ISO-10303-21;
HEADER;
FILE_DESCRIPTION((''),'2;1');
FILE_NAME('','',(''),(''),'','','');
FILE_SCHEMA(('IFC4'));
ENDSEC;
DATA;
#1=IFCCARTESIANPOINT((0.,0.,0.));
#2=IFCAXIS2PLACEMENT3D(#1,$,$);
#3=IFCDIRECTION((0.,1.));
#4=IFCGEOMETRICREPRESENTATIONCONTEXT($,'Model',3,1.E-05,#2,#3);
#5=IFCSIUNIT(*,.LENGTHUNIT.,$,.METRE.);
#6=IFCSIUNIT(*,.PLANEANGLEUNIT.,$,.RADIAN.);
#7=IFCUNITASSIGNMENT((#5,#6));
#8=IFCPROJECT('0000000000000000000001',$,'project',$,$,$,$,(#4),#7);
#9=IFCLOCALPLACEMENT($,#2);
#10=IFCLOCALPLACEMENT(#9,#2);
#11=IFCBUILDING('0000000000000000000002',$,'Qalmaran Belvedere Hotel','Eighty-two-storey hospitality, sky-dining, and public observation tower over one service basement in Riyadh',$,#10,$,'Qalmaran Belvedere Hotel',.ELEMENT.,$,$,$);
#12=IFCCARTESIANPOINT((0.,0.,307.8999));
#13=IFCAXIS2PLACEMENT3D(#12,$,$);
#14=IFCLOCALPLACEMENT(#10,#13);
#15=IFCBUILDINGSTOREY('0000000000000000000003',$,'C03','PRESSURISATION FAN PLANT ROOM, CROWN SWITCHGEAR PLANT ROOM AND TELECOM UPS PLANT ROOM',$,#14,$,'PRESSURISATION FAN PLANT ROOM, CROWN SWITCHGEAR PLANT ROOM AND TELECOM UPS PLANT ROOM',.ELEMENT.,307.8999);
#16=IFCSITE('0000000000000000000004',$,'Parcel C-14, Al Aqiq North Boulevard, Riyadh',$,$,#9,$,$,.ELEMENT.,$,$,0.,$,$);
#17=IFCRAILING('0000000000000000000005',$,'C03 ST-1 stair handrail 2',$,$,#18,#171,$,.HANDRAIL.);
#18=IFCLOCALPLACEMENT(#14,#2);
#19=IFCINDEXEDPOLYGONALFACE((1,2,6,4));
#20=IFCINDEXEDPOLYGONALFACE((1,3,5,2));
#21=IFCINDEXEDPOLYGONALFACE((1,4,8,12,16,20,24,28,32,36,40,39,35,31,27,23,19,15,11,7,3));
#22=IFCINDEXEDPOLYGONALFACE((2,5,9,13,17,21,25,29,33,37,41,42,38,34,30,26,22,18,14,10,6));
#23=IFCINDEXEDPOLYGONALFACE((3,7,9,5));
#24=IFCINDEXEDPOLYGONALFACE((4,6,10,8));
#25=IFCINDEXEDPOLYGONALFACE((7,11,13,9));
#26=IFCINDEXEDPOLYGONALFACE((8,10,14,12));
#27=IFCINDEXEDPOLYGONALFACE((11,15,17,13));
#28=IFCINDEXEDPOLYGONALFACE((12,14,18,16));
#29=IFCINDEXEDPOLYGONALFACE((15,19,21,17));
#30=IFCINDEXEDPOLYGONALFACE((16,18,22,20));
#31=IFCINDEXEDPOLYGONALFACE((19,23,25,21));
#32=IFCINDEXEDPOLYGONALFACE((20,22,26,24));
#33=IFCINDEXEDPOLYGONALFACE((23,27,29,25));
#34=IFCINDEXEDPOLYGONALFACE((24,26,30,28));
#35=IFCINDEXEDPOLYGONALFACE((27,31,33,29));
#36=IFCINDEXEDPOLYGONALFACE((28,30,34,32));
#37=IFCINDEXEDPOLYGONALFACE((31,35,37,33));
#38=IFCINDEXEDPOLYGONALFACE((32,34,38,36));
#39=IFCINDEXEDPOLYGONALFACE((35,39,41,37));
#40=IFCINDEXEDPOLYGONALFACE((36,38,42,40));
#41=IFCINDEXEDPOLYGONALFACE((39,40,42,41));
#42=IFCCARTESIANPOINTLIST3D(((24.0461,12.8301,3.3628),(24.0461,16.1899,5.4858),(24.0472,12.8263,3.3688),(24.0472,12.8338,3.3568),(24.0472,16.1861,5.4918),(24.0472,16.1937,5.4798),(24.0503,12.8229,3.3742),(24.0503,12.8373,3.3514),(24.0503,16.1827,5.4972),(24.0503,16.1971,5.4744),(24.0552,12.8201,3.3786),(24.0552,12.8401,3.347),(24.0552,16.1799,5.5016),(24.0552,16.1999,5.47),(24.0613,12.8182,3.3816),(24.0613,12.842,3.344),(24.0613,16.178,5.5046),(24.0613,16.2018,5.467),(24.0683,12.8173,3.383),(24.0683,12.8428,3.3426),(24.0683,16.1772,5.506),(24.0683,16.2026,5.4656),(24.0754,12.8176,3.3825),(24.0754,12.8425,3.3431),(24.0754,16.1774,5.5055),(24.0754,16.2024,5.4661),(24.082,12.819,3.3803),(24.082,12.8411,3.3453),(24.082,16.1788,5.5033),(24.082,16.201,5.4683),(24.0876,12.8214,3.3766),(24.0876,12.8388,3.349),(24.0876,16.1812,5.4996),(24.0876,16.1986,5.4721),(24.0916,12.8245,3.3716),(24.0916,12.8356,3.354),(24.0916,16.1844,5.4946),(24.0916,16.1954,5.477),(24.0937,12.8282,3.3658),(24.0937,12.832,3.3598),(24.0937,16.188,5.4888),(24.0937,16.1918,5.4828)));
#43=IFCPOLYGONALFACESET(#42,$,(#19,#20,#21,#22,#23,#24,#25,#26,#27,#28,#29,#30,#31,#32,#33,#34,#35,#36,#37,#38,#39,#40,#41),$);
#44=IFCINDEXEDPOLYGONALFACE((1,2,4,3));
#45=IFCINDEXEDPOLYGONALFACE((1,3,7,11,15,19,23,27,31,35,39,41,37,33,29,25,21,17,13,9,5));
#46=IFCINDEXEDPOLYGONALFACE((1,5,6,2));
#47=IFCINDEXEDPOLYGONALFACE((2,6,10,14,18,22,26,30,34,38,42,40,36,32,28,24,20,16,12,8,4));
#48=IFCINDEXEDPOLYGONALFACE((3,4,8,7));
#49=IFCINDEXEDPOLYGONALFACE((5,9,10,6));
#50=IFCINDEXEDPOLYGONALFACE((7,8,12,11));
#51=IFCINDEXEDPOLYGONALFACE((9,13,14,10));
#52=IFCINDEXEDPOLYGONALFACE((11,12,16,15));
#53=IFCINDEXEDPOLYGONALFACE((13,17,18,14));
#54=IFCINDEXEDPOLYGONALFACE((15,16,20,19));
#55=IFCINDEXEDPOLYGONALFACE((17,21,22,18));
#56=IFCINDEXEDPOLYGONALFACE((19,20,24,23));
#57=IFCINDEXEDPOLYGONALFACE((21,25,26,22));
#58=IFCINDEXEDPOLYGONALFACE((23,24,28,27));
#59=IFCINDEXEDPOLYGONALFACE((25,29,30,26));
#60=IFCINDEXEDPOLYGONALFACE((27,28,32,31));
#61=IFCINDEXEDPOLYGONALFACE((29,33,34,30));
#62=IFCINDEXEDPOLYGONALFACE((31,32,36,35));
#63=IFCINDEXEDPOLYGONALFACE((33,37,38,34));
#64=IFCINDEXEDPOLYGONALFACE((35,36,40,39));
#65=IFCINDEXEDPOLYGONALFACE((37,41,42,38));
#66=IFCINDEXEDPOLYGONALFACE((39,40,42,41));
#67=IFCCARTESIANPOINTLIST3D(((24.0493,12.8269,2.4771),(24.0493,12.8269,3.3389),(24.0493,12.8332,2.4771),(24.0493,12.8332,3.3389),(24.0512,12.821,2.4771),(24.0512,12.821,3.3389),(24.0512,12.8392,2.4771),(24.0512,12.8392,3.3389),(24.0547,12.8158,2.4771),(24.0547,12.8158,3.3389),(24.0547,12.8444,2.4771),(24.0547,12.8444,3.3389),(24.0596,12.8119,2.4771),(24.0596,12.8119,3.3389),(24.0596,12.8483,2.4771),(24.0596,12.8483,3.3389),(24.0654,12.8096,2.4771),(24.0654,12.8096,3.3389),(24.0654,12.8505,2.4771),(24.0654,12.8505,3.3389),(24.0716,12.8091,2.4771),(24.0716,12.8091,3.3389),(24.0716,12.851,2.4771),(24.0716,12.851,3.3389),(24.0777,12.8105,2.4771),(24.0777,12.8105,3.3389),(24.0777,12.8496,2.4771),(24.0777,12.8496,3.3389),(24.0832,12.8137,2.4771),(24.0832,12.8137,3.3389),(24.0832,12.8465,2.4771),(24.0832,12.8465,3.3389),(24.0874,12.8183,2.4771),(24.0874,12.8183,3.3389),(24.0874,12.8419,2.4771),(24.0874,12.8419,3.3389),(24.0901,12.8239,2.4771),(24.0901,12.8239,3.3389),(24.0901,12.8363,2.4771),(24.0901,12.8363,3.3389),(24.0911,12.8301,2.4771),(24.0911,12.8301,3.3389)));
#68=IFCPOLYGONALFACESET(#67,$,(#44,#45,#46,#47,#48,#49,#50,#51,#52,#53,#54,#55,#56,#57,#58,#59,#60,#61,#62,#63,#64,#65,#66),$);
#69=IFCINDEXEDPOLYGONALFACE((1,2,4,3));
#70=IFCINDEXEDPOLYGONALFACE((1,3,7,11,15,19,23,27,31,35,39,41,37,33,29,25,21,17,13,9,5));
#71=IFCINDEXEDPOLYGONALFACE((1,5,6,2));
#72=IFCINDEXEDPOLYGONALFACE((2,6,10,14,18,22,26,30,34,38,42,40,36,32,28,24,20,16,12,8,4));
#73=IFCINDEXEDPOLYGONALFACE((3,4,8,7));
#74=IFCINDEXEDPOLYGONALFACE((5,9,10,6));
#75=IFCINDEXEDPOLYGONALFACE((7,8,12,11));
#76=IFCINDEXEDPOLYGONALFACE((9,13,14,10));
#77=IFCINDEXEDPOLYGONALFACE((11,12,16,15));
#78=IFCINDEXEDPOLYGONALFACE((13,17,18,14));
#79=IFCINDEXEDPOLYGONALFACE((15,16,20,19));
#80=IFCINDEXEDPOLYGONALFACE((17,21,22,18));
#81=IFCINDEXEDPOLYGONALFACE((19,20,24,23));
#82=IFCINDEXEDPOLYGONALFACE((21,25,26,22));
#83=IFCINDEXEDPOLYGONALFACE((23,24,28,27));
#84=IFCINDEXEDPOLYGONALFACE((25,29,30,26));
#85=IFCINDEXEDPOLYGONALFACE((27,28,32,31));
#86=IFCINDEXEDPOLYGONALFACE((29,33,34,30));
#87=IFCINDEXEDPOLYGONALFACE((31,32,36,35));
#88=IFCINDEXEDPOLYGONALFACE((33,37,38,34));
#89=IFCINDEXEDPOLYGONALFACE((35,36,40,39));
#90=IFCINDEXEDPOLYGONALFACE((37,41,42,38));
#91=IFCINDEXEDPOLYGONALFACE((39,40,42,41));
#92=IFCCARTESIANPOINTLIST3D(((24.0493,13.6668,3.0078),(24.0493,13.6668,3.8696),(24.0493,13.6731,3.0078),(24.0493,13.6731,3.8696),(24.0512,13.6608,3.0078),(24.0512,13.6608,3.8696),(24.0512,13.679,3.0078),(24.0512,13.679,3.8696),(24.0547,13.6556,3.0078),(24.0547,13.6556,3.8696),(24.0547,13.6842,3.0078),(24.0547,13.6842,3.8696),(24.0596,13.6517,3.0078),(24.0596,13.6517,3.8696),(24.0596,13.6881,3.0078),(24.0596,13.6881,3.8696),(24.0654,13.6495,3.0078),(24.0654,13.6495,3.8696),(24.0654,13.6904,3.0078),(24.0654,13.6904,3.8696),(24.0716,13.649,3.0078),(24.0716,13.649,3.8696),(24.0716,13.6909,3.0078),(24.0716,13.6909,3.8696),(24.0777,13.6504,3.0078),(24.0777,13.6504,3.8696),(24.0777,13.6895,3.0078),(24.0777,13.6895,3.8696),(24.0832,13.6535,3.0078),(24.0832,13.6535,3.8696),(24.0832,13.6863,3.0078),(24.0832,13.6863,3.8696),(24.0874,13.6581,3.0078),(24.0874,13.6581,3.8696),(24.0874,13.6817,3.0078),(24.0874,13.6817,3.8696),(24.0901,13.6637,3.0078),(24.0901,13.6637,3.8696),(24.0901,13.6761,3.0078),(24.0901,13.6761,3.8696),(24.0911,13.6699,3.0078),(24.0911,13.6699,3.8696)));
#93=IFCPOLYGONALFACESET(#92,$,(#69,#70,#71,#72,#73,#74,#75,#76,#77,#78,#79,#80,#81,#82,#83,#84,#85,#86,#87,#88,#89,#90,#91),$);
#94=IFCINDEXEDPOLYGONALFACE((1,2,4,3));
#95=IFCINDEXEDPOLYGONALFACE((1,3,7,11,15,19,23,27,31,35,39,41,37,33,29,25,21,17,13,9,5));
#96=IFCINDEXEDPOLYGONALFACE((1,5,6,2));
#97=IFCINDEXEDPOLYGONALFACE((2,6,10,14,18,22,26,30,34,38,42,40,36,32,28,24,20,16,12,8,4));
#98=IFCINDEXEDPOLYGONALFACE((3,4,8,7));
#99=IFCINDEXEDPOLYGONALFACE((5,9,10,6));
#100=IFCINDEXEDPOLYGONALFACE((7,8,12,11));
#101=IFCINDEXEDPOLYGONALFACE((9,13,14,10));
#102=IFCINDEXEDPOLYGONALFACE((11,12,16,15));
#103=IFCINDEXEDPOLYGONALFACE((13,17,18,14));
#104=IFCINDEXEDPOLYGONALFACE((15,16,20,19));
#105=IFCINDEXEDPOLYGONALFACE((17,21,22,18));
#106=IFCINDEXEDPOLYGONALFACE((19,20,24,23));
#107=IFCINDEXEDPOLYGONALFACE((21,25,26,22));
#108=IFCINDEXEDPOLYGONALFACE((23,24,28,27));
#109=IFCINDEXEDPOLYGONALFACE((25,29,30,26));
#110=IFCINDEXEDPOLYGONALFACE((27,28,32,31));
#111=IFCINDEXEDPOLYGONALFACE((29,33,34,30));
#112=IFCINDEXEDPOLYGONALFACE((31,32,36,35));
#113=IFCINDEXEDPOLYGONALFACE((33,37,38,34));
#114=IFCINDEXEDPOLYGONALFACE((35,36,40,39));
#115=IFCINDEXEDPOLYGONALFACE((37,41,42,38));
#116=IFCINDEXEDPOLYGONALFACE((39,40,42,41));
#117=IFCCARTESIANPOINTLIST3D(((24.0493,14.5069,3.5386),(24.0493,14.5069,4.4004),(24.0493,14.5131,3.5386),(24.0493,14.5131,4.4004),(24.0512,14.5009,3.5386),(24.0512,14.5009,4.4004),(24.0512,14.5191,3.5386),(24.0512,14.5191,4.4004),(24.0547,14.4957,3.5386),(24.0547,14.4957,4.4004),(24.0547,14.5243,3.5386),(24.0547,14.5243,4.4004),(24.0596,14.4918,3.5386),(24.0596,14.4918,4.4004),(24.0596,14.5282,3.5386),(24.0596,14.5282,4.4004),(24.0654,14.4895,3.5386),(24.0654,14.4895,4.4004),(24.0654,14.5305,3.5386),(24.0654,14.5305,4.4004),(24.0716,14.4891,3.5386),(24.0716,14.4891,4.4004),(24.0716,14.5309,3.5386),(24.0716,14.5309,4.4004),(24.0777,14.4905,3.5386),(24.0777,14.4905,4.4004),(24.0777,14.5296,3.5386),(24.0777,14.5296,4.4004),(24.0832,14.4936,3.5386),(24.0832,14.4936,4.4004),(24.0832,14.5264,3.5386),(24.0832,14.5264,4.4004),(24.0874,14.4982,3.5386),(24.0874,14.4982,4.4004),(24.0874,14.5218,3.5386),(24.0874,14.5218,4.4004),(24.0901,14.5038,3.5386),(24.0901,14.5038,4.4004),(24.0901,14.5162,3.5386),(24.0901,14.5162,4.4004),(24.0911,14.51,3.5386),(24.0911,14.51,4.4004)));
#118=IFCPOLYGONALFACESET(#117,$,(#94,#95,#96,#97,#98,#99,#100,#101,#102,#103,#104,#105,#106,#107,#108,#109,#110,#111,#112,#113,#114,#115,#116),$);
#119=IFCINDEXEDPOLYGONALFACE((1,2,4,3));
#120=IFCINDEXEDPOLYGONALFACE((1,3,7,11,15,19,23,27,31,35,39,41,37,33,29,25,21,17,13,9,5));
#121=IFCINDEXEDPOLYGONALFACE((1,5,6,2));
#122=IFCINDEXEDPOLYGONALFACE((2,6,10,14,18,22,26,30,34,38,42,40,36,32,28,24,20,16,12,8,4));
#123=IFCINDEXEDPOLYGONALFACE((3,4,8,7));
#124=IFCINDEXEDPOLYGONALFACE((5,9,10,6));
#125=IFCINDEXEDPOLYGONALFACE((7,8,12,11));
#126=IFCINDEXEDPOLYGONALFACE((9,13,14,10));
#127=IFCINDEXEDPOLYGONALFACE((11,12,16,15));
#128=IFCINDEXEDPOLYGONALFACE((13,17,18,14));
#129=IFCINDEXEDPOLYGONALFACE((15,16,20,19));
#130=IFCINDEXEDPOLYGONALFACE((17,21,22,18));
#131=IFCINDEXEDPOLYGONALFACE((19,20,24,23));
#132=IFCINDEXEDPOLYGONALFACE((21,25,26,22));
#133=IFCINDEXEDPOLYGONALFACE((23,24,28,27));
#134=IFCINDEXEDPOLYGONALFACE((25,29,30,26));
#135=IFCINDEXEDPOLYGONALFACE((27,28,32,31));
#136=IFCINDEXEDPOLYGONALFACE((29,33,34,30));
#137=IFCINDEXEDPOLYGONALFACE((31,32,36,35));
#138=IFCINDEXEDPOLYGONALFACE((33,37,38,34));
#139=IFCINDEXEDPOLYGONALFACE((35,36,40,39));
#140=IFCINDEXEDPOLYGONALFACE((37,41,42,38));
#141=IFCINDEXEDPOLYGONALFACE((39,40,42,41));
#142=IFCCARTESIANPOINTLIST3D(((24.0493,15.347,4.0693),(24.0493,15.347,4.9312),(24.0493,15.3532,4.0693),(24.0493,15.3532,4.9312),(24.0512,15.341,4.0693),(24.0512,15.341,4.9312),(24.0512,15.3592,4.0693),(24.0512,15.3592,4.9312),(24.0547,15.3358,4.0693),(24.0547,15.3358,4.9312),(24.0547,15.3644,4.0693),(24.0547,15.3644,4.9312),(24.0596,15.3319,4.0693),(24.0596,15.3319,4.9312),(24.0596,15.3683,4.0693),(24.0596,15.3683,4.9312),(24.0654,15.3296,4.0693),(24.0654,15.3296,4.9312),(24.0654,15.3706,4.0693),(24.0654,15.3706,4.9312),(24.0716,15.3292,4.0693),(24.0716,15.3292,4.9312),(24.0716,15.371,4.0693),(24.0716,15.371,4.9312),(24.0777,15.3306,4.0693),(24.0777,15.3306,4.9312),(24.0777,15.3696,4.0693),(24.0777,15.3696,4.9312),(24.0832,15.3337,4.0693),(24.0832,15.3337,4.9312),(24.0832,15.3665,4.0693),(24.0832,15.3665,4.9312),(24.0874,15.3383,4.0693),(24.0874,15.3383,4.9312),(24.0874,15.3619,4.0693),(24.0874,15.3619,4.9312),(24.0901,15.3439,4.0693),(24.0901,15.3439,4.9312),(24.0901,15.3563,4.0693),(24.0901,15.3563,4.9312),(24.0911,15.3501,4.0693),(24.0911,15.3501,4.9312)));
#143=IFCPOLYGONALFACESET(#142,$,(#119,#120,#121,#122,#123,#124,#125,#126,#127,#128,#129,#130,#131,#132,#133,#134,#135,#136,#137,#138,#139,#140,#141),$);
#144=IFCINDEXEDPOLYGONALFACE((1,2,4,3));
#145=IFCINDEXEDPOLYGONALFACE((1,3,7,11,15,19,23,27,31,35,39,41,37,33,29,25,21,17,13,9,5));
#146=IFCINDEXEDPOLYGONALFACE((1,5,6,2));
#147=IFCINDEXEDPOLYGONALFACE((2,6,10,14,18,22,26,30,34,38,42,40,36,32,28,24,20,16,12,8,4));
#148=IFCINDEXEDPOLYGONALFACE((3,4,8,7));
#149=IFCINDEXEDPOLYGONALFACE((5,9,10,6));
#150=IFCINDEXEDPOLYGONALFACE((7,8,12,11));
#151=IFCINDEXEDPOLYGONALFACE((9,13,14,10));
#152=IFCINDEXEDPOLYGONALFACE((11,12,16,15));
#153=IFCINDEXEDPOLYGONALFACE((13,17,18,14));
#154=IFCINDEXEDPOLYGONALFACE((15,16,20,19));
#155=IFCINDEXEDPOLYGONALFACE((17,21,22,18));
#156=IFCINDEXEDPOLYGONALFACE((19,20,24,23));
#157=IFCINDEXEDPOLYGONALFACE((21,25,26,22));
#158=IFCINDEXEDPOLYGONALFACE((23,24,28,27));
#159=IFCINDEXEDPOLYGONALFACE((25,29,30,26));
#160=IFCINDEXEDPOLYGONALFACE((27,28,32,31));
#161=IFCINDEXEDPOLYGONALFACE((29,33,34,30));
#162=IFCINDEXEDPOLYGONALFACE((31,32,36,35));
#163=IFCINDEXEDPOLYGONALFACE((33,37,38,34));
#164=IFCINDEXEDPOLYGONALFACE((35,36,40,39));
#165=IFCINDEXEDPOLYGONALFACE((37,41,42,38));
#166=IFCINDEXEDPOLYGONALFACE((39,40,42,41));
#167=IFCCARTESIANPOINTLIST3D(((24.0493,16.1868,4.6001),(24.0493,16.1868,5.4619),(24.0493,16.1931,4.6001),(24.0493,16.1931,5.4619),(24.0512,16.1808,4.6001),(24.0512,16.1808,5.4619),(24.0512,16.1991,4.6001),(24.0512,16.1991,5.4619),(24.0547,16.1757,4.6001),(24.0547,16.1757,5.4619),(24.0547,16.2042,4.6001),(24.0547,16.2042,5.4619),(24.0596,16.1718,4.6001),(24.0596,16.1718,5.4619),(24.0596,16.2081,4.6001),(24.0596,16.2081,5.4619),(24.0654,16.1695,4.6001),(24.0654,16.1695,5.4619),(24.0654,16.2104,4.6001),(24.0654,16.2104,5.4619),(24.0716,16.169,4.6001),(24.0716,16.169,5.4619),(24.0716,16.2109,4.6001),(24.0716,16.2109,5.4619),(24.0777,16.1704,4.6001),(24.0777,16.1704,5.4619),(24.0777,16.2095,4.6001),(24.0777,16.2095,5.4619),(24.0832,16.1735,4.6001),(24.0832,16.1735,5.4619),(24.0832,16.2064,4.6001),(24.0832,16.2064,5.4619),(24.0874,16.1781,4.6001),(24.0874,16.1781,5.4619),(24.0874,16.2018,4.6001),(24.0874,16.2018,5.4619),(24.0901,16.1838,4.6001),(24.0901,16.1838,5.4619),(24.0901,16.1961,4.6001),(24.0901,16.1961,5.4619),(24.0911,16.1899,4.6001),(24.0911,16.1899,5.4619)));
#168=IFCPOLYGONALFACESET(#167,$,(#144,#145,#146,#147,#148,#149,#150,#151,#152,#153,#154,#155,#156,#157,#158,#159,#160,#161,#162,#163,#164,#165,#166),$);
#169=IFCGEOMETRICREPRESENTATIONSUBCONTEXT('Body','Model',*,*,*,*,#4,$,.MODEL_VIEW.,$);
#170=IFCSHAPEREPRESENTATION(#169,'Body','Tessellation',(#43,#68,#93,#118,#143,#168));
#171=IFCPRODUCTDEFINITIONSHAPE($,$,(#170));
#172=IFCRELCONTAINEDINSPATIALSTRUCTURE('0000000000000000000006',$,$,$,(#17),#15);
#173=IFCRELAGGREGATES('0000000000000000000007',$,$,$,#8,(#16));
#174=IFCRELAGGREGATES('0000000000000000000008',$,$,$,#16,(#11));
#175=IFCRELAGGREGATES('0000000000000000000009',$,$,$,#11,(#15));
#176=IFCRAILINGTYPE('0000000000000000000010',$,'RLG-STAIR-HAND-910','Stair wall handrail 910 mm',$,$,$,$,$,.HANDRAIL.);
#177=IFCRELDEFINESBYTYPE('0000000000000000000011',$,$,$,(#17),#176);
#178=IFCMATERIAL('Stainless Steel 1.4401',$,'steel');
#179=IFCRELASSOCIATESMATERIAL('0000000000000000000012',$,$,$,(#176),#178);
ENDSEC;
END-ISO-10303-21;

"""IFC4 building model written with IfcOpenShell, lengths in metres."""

from ifc_helpers import new_model, si_unit, direction, frame, origin, origin_2d, place, context, subcontext, project, spatial, circle, extrude, material, type_object, element, save


model = new_model("IFC4")

# Units and contexts
model_context = context("Model", 3, precision=1e-05, world=origin(), true_north=direction((0.0, 1.0)))
body_context = subcontext(model_context, "Body", "Model", "MODEL_VIEW")
ifc_project = project(units=[si_unit("LENGTHUNIT", "METRE"), si_unit("PLANEANGLEUNIT", "RADIAN")], contexts=[model_context])

# Site, building, storey
site_placement = place(None, origin())
site = spatial("IfcSite", under=ifc_project, at=site_placement, Name="Parcel C-14, Al Aqiq North Boulevard, Riyadh", CompositionType="ELEMENT", RefElevation=0.0)
building_placement = place(site_placement, origin())
building = spatial("IfcBuilding", under=site, at=building_placement, Name="Qalmaran Belvedere Hotel", Description="Eighty-two-storey hospitality, sky-dining, and public observation tower over one service basement in Riyadh", LongName="Qalmaran Belvedere Hotel", CompositionType="ELEMENT")
storey_placement = place(building_placement, frame((0.0, 0.0, 307.8999)))
storey = spatial("IfcBuildingStorey", under=building, at=storey_placement, Name="C03", Description="PRESSURISATION FAN PLANT ROOM, CROWN SWITCHGEAR PLANT ROOM AND TELECOM UPS PLANT ROOM", LongName="PRESSURISATION FAN PLANT ROOM, CROWN SWITCHGEAR PLANT ROOM AND TELECOM UPS PLANT ROOM", CompositionType="ELEMENT", Elevation=307.8999)

# Railing
ifc_material_1 = material(Name="Stainless Steel 1.4401", Category="steel")
railing_type_1 = type_object("IfcRailingType", Name="RLG-STAIR-HAND-910", Description="Stair wall handrail 910 mm", PredefinedType="HANDRAIL", material=ifc_material_1)
railing_1_placement = place(storey_placement, frame((24.0701, 12.8301, 2.4771)))
element("IfcRailing", 1, at=railing_1_placement, inside=storey, type_object=railing_type_1, Name="C03 ST-1 stair handrail 2", PredefinedType="HANDRAIL", context=body_context, shape_type="SweptSolid", body=[
    extrude(circle(Radius=0.0239, at=origin_2d()), frame((0.0, 0.0, 0.8857), z_axis=(0.0, 0.845372, 0.534178), x_axis=(-1.0, 0.0, 0.0)), (0.0, 0.0, 1.0), 3.9744),
    extrude(circle(Radius=0.021, at=origin_2d()), origin(), (0.0, 0.0, 1.0), 0.8618),
    extrude(circle(Radius=0.021, at=origin_2d()), frame((0.0, 0.8398, 0.5308)), (0.0, 0.0, 1.0), 0.8618),
    extrude(circle(Radius=0.021, at=origin_2d()), frame((0.0, 1.6799, 1.0615)), (0.0, 0.0, 1.0), 0.8618),
    extrude(circle(Radius=0.021, at=origin_2d()), frame((0.0, 2.52, 1.5923)), (0.0, 0.0, 1.0), 0.8618),
    extrude(circle(Radius=0.021, at=origin_2d()), frame((0.0, 3.3599, 2.123)), (0.0, 0.0, 1.0), 0.8618),
])

save(model, "model.ifc")
